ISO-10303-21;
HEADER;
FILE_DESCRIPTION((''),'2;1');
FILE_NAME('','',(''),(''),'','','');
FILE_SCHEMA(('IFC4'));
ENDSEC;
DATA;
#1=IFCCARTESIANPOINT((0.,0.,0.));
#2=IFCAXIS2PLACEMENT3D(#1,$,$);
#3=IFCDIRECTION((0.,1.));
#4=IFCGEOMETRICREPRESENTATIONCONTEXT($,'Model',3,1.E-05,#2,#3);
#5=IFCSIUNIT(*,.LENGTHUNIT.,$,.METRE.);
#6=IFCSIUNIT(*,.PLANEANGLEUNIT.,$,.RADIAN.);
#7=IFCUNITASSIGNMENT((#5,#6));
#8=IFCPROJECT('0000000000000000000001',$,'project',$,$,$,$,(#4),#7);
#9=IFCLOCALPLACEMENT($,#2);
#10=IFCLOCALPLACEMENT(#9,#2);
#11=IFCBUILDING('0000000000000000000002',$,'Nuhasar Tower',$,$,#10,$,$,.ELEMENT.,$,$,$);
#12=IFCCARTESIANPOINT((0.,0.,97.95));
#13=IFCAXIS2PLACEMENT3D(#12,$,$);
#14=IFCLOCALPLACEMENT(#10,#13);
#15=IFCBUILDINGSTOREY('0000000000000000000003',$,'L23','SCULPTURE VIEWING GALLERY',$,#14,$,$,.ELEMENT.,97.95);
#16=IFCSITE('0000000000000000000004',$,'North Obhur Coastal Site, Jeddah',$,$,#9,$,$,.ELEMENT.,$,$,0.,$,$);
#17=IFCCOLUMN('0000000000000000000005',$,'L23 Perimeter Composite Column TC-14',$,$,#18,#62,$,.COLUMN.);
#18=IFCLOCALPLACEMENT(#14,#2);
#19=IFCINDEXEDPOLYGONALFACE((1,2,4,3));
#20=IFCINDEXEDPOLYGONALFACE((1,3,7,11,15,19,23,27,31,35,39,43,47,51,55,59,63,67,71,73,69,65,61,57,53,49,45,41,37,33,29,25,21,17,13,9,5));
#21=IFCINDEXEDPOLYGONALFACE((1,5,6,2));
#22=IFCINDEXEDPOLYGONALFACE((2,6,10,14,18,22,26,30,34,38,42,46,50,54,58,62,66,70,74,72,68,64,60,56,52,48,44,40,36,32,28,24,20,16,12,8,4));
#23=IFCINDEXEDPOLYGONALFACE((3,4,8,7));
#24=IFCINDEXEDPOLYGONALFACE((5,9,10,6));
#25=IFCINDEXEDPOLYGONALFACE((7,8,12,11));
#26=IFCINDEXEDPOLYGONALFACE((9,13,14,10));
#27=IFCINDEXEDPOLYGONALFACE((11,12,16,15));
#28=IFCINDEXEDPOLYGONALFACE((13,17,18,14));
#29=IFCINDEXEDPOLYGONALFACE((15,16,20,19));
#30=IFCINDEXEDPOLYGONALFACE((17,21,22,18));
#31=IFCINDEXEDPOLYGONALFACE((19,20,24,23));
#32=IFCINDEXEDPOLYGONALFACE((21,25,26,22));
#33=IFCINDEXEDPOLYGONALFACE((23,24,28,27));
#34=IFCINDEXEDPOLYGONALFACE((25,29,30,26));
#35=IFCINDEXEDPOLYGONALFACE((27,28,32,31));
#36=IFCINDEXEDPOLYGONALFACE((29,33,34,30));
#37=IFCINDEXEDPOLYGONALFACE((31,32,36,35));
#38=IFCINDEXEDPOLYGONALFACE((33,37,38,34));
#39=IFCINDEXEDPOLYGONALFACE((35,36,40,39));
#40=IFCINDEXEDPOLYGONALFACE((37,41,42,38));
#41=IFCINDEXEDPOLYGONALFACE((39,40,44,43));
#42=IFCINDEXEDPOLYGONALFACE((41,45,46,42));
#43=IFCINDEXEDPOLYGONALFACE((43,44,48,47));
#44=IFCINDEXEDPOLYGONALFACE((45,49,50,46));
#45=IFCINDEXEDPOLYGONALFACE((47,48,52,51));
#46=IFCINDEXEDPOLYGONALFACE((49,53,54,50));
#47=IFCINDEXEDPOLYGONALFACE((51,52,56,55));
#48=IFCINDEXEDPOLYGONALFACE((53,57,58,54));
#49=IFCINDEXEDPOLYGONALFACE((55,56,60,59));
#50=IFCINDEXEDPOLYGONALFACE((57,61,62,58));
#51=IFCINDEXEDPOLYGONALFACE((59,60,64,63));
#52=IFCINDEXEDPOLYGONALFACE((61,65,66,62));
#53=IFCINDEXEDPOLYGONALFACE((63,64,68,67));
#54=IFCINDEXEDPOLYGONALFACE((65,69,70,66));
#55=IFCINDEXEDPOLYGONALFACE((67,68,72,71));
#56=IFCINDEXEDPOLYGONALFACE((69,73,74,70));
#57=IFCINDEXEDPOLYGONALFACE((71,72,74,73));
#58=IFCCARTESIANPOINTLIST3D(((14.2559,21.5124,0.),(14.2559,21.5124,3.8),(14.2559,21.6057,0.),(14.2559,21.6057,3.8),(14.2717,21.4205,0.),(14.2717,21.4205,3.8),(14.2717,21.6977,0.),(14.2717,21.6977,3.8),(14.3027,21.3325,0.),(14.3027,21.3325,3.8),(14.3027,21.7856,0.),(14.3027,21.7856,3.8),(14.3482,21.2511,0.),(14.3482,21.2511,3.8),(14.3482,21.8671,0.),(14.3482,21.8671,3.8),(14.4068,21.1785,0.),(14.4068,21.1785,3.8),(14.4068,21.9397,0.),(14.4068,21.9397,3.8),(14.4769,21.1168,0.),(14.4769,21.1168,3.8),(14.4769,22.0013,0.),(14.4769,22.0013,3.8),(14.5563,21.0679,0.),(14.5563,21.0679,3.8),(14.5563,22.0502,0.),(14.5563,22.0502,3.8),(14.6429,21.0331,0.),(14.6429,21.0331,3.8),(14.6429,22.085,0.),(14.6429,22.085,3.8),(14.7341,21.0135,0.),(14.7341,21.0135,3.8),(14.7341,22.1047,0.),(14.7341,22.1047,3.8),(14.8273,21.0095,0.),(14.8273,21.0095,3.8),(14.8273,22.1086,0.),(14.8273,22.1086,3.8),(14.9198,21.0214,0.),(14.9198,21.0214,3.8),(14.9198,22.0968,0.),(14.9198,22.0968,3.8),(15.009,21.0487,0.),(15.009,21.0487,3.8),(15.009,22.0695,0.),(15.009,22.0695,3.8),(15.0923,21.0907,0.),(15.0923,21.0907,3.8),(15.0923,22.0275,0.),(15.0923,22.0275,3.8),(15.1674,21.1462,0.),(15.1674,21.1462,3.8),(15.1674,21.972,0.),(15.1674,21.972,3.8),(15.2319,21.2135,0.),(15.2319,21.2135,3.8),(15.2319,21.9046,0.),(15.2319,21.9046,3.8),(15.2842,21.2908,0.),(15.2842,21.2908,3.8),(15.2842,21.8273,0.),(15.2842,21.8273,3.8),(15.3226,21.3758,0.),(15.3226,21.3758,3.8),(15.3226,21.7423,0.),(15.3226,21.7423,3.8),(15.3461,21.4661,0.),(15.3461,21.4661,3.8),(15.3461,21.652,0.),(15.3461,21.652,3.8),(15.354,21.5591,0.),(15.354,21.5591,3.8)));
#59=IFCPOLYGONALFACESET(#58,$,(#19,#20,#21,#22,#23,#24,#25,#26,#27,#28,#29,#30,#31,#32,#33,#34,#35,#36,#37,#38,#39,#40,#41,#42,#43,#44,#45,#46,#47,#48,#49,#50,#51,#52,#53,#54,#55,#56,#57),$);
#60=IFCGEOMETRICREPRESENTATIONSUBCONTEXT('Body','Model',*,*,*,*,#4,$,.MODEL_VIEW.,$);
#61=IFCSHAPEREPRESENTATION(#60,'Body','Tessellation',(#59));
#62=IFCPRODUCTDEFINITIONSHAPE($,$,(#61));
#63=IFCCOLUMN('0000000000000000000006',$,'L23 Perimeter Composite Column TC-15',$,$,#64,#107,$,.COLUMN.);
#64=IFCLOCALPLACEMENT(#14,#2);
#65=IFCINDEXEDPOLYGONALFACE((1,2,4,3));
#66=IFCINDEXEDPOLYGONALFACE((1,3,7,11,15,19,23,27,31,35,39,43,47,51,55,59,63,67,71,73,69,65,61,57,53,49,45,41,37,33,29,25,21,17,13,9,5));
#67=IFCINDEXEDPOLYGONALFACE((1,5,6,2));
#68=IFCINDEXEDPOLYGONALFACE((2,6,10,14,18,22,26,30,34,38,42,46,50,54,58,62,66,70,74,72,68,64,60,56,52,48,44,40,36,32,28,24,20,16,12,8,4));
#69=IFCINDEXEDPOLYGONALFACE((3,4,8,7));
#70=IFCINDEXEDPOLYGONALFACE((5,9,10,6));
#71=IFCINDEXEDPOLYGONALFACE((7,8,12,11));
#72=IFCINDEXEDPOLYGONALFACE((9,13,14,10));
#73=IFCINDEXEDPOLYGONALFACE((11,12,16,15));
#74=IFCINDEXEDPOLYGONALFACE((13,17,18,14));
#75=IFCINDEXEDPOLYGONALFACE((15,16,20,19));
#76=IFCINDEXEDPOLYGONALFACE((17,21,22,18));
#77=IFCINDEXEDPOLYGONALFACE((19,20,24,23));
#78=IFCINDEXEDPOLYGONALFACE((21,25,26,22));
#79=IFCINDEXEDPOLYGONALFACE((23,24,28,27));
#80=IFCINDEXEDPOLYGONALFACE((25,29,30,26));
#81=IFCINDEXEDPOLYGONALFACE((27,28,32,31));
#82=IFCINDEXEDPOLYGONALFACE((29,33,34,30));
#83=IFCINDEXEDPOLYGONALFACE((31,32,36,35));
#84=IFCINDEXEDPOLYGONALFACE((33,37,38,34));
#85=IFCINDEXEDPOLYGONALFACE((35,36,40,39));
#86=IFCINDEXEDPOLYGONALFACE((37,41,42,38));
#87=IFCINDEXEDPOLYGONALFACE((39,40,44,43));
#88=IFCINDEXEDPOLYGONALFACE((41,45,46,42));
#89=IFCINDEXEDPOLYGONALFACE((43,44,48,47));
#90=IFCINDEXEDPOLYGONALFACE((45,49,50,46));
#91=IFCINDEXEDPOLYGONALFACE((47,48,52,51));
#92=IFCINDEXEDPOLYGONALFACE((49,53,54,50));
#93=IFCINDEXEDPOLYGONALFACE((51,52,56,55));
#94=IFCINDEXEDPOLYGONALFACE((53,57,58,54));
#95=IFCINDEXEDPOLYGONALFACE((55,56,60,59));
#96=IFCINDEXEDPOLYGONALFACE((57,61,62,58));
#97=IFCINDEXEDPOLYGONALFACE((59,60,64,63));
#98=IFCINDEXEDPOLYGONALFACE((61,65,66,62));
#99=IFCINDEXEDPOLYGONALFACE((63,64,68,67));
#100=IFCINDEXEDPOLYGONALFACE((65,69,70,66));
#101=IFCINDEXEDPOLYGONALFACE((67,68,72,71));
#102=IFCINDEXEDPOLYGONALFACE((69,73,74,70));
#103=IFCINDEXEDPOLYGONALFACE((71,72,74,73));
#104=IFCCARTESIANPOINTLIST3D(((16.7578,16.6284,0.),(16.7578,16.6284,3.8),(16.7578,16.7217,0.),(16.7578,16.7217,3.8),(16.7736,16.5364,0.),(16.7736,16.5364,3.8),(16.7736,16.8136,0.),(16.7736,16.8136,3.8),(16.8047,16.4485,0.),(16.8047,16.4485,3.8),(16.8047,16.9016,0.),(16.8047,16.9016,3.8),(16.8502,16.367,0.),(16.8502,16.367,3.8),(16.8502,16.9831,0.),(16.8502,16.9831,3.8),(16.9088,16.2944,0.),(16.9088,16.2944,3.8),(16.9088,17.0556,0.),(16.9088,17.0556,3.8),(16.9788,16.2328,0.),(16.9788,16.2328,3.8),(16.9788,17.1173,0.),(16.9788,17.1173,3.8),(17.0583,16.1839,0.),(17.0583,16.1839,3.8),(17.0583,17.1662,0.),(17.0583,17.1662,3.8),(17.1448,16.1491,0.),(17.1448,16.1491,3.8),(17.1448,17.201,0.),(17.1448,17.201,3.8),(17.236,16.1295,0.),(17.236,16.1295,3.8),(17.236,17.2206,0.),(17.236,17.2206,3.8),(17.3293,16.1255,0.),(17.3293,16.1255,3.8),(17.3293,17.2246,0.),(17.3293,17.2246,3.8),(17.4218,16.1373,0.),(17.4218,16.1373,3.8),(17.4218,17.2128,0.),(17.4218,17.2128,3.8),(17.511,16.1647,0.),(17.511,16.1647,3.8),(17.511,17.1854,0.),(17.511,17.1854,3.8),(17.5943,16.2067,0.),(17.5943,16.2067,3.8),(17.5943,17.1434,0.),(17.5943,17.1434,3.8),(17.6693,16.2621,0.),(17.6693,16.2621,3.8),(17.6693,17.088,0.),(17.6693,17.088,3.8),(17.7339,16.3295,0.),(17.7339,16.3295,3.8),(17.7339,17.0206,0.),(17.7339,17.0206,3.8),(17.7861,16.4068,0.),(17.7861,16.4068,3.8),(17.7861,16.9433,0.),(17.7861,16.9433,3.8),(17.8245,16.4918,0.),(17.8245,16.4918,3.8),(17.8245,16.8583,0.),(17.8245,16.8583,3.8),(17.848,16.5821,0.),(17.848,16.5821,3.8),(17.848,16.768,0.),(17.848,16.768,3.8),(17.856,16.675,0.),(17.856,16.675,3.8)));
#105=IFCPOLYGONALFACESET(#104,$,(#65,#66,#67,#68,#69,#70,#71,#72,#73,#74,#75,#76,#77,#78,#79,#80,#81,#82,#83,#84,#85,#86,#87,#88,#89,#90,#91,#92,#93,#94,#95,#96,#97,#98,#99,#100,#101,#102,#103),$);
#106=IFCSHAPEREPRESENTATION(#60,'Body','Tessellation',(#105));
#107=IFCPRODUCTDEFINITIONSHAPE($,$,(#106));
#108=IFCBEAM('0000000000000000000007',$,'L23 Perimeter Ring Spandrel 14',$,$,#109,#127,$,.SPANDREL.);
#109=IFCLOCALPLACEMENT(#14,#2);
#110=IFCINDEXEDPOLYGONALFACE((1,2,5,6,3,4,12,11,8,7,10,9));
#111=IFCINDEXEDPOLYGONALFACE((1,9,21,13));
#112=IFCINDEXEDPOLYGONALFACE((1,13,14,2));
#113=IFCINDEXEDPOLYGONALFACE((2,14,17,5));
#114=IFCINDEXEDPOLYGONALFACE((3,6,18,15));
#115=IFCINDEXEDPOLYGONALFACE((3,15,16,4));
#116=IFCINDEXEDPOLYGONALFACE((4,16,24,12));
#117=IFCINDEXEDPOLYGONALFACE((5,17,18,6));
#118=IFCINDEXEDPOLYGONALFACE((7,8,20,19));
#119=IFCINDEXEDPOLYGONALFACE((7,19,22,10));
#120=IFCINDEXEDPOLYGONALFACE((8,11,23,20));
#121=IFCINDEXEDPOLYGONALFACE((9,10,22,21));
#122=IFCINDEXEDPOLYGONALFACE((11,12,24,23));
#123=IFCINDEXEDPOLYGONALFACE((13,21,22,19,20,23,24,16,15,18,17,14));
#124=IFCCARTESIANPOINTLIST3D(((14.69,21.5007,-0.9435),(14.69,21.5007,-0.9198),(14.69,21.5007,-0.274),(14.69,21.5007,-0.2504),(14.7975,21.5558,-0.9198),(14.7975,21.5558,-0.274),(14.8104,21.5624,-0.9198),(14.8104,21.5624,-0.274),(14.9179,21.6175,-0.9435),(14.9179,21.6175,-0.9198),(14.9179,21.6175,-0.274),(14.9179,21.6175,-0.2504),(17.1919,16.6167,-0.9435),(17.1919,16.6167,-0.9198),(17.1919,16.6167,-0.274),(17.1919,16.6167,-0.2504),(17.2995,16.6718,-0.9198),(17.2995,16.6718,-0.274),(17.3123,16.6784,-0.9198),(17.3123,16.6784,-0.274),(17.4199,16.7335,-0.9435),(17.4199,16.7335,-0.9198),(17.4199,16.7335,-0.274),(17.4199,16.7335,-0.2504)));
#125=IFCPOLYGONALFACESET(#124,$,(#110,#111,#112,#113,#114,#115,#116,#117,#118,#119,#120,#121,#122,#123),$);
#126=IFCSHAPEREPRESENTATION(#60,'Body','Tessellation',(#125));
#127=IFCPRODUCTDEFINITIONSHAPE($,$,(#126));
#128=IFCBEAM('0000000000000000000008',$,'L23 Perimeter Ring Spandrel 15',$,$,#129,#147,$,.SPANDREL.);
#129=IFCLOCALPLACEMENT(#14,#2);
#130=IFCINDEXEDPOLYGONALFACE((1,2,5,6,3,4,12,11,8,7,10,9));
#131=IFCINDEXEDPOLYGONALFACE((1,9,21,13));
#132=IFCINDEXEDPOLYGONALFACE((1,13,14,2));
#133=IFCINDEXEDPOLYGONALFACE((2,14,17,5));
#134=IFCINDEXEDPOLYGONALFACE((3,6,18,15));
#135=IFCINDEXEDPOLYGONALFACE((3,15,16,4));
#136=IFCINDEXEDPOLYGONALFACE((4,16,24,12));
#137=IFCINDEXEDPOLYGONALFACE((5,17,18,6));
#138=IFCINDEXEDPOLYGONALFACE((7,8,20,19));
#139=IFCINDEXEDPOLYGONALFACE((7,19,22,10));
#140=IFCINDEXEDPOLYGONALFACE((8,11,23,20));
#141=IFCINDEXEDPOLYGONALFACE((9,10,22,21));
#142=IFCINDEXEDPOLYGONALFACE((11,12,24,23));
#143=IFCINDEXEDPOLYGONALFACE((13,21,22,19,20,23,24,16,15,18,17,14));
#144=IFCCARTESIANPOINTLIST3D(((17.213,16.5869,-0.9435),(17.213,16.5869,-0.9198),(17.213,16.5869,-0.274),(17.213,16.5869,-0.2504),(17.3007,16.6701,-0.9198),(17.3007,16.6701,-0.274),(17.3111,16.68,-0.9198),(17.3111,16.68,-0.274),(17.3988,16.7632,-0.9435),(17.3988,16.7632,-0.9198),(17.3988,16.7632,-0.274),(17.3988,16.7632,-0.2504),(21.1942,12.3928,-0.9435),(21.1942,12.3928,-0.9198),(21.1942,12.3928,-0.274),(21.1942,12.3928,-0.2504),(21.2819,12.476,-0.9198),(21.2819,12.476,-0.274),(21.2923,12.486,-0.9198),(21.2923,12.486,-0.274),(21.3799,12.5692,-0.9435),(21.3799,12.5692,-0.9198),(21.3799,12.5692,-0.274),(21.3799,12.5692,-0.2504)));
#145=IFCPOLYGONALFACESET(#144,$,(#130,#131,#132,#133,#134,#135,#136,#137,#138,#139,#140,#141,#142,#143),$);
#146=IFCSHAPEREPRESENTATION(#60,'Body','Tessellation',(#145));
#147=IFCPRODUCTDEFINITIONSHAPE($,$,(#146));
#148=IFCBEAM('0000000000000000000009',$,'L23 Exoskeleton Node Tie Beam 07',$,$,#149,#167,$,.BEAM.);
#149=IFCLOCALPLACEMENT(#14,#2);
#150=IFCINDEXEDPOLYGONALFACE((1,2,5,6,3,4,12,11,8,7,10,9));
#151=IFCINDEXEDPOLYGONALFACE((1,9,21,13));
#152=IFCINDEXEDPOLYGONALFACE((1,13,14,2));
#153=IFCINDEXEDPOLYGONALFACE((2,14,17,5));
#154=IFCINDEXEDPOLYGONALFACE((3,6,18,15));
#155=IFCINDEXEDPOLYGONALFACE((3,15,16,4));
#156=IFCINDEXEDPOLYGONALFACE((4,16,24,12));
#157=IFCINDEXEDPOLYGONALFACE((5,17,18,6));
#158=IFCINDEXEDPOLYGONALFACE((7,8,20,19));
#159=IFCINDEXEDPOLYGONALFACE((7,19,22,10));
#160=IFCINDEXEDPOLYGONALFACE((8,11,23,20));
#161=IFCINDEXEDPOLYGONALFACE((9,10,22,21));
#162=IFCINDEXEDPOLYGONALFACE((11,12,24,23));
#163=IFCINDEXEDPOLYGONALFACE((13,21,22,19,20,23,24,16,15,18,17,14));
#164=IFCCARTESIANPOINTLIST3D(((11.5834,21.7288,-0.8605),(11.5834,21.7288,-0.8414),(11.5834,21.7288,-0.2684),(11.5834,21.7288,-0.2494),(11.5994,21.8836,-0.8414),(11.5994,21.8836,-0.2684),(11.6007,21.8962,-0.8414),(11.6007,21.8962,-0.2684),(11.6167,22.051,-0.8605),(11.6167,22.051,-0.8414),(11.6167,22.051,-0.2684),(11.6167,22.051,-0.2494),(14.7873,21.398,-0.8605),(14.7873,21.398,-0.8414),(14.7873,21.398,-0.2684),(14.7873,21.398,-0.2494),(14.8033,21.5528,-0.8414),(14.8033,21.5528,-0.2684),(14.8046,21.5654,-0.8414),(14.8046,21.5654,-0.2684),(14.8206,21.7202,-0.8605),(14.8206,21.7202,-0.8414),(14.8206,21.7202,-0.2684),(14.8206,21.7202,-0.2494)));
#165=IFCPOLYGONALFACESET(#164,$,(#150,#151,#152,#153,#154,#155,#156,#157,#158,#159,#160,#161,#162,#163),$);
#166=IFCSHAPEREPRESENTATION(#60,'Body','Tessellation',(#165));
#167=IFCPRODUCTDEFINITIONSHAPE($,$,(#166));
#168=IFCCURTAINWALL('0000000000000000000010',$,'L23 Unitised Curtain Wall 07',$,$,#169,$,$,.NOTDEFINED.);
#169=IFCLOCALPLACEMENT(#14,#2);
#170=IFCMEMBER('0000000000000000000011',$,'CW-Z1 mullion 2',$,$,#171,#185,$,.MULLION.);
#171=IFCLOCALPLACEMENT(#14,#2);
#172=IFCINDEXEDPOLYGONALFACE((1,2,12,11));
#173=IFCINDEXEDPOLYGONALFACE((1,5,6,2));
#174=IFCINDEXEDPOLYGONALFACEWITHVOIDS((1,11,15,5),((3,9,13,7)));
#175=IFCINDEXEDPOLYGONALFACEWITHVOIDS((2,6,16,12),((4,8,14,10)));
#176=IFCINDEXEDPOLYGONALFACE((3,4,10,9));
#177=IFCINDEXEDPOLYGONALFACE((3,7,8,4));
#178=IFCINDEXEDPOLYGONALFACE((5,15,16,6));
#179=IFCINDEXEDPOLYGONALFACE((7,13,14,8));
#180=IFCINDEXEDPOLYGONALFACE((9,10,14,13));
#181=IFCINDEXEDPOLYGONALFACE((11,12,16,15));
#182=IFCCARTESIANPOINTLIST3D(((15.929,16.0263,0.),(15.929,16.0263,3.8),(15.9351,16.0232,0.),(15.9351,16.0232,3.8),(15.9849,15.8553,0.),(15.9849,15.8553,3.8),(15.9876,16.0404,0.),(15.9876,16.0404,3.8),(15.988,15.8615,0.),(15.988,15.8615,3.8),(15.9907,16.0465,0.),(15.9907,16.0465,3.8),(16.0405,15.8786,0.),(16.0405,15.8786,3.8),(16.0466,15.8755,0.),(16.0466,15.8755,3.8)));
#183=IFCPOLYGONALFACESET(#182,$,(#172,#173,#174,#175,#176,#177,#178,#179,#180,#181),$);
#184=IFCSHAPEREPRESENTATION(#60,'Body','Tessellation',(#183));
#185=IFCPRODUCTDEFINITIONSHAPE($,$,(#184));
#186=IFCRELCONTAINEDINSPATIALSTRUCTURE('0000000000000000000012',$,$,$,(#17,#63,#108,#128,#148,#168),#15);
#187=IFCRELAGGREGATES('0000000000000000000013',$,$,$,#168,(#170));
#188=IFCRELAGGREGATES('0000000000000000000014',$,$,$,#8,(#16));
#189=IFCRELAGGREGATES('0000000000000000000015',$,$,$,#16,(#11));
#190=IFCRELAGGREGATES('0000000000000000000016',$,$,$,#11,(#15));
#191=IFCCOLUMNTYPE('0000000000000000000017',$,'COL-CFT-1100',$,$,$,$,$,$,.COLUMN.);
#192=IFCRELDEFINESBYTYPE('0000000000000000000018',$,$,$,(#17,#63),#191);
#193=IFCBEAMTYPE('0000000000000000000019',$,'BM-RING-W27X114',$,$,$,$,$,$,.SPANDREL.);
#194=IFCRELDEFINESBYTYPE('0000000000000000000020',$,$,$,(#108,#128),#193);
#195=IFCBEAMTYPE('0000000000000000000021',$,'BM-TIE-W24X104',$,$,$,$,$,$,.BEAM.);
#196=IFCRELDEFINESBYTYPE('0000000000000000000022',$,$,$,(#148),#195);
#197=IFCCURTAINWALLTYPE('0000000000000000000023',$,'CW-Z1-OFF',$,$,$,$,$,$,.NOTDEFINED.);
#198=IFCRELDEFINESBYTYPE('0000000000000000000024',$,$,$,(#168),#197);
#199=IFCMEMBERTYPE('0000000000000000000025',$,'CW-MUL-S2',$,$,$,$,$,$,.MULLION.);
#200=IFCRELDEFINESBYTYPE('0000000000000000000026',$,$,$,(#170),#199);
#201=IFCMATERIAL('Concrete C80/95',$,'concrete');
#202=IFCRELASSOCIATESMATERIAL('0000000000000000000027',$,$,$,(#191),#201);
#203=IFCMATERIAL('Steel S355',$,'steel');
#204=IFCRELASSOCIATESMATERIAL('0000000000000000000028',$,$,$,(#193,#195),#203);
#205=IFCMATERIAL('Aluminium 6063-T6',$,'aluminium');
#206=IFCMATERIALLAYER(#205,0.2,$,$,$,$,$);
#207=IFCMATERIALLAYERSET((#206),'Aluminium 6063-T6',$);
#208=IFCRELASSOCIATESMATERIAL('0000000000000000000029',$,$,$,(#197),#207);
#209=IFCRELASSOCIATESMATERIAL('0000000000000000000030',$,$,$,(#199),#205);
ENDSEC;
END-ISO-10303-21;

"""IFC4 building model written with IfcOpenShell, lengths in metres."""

from ifc_helpers import new_model, si_unit, direction, frame, origin, origin_2d, place, context, subcontext, project, spatial, hollow_rectangle, circle, i_section, extrude, material, layer, layer_set, material_profile, profile_set, type_object, element, aggregate, save


model = new_model("IFC4")

# Units and contexts
model_context = context("Model", 3, precision=1e-05, world=origin(), true_north=direction((0.0, 1.0)))
body_context = subcontext(model_context, "Body", "Model", "MODEL_VIEW")
ifc_project = project(units=[si_unit("LENGTHUNIT", "METRE"), si_unit("PLANEANGLEUNIT", "RADIAN")], contexts=[model_context])

# Site, building, storey
site_placement = place(None, origin())
site = spatial("IfcSite", under=ifc_project, at=site_placement, Name="North Obhur Coastal Site, Jeddah", CompositionType="ELEMENT", RefElevation=0.0)
building_placement = place(site_placement, origin())
building = spatial("IfcBuilding", under=site, at=building_placement, Name="Nuhasar Tower", CompositionType="ELEMENT")
storey_placement = place(building_placement, frame((0.0, 0.0, 97.95)))
storey = spatial("IfcBuildingStorey", under=building, at=storey_placement, Name="L23", Description="SCULPTURE VIEWING GALLERY", CompositionType="ELEMENT", Elevation=97.95)

# Columns
ifc_material_1 = material(Name="Concrete C80/95", Category="concrete")
ifc_material_profile_1 = material_profile(ifc_material_1, circle(Radius=0.55, at=origin_2d()), Name="CFT1100")
ifc_profile_set_1 = profile_set([ifc_material_profile_1], Name="Concrete C80/95")
column_type = type_object("IfcColumnType", Name="COL-CFT-1100", PredefinedType="COLUMN", material=ifc_profile_set_1)
for number, where, z_axis, x_axis, name in (
    (1, (14.804, 21.5591, 0.0), (0.0, 0.0, 1.0), (1.0, 0.0, 0.0), "L23 Perimeter Composite Column TC-14"),
    (2, (17.3059, 16.675, 0.0), (0.0, 0.0, 1.0), (1.0, 0.0, 0.0), "L23 Perimeter Composite Column TC-15"),
):
    element("IfcColumn", number, at=place(storey_placement, frame(where, z_axis=z_axis, x_axis=x_axis)), inside=storey, type_object=column_type, Name=name, PredefinedType="COLUMN", context=body_context, shape_type="SweptSolid", body=[
        extrude(circle(Radius=0.55, at=origin_2d()), origin(), (0.0, 0.0, 1.0), 3.8),
    ])

# Beams
ifc_material_2 = material(Name="Steel S355", Category="steel")
ifc_material_profile_2 = material_profile(ifc_material_2, i_section(OverallWidth=0.2561, OverallDepth=0.6931, WebThickness=0.0144, FlangeThickness=0.0237, at=origin_2d()), Name="W27X114")
ifc_profile_set_2 = profile_set([ifc_material_profile_2], Name="Steel S355")
beam_type_1 = type_object("IfcBeamType", Name="BM-RING-W27X114", PredefinedType="SPANDREL", material=ifc_profile_set_2)
beam_1_placement = place(storey_placement, frame((14.804, 21.5591, -0.5969), z_axis=(0.45593, -0.890016, 0.0), x_axis=(0.890016, 0.45593, 0.0)))
element("IfcBeam", 3, at=beam_1_placement, inside=storey, type_object=beam_type_1, Name="L23 Perimeter Ring Spandrel 14", PredefinedType="SPANDREL", context=body_context, shape_type="SweptSolid", body=[
    extrude(i_section(OverallWidth=0.2561, OverallDepth=0.6931, WebThickness=0.0144, FlangeThickness=0.0237, at=origin_2d()), origin(), (0.0, 0.0, 1.0), 5.4875),
])
beam_2_placement = place(storey_placement, frame((17.3059, 16.675, -0.5969), z_axis=(0.68846, -0.725274, 0.0), x_axis=(0.725274, 0.68846, 0.0)))
element("IfcBeam", 4, at=beam_2_placement, inside=storey, type_object=beam_type_1, Name="L23 Perimeter Ring Spandrel 15", PredefinedType="SPANDREL", context=body_context, shape_type="SweptSolid", body=[
    extrude(i_section(OverallWidth=0.2561, OverallDepth=0.6931, WebThickness=0.0144, FlangeThickness=0.0237, at=origin_2d()), origin(), (0.0, 0.0, 1.0), 5.7827),
])
ifc_material_profile_3 = material_profile(ifc_material_2, i_section(OverallWidth=0.324, OverallDepth=0.6111, WebThickness=0.0127, FlangeThickness=0.019, at=origin_2d()), Name="W24X104")
ifc_profile_set_3 = profile_set([ifc_material_profile_3], Name="Steel S355")
beam_type_2 = type_object("IfcBeamType", Name="BM-TIE-W24X104", PredefinedType="BEAM", material=ifc_profile_set_3)
beam_3_placement = place(storey_placement, frame((14.804, 21.5591, -0.5549), z_axis=(-0.994712, 0.102708, 0.0), x_axis=(-0.102708, -0.994712, 0.0)))
element("IfcBeam", 5, at=beam_3_placement, inside=storey, type_object=beam_type_2, Name="L23 Exoskeleton Node Tie Beam 07", PredefinedType="BEAM", context=body_context, shape_type="SweptSolid", body=[
    extrude(i_section(OverallWidth=0.324, OverallDepth=0.6111, WebThickness=0.0127, FlangeThickness=0.019, at=origin_2d()), origin(), (0.0, 0.0, 1.0), 3.2209),
])

# Curtain wall, member
ifc_material_3 = material(Name="Aluminium 6063-T6", Category="aluminium")
ifc_layer_1 = layer(ifc_material_3, 0.2)
ifc_layer_set_1 = layer_set([ifc_layer_1], Name="Aluminium 6063-T6")
curtain_wall_type = type_object("IfcCurtainWallType", Name="CW-Z1-OFF", PredefinedType="NOTDEFINED", material=ifc_layer_set_1)
curtain_wall_1_placement = place(storey_placement, origin())
curtain_wall_1 = element("IfcCurtainWall", 6, at=curtain_wall_1_placement, inside=storey, type_object=curtain_wall_type, Name="L23 Unitised Curtain Wall 07", PredefinedType="NOTDEFINED")
ifc_material_profile_4 = material_profile(ifc_material_3, hollow_rectangle(XDim=0.0649, YDim=0.1799, WallThickness=0.0049, at=origin_2d()), Name="CWM-2")
ifc_profile_set_4 = profile_set([ifc_material_profile_4], Name="Aluminium 6063-T6")
member_type_1 = type_object("IfcMemberType", Name="CW-MUL-S2", PredefinedType="MULLION", material=ifc_profile_set_4)
member_1_placement = place(storey_placement, frame((15.9878, 15.9509, 0.0), z_axis=(0.0, 0.0, 1.0), x_axis=(0.950468, 0.310824, 0.0)))
member_1 = element("IfcMember", 7, at=member_1_placement, type_object=member_type_1, Name="CW-Z1 mullion 2", PredefinedType="MULLION", context=body_context, shape_type="SweptSolid", body=[
    extrude(hollow_rectangle(XDim=0.0649, YDim=0.1799, WallThickness=0.0049, at=origin_2d()), origin(), (0.0, 0.0, 1.0), 3.8),
])

aggregate(curtain_wall_1, [member_1])

save(model, "model.ifc")
